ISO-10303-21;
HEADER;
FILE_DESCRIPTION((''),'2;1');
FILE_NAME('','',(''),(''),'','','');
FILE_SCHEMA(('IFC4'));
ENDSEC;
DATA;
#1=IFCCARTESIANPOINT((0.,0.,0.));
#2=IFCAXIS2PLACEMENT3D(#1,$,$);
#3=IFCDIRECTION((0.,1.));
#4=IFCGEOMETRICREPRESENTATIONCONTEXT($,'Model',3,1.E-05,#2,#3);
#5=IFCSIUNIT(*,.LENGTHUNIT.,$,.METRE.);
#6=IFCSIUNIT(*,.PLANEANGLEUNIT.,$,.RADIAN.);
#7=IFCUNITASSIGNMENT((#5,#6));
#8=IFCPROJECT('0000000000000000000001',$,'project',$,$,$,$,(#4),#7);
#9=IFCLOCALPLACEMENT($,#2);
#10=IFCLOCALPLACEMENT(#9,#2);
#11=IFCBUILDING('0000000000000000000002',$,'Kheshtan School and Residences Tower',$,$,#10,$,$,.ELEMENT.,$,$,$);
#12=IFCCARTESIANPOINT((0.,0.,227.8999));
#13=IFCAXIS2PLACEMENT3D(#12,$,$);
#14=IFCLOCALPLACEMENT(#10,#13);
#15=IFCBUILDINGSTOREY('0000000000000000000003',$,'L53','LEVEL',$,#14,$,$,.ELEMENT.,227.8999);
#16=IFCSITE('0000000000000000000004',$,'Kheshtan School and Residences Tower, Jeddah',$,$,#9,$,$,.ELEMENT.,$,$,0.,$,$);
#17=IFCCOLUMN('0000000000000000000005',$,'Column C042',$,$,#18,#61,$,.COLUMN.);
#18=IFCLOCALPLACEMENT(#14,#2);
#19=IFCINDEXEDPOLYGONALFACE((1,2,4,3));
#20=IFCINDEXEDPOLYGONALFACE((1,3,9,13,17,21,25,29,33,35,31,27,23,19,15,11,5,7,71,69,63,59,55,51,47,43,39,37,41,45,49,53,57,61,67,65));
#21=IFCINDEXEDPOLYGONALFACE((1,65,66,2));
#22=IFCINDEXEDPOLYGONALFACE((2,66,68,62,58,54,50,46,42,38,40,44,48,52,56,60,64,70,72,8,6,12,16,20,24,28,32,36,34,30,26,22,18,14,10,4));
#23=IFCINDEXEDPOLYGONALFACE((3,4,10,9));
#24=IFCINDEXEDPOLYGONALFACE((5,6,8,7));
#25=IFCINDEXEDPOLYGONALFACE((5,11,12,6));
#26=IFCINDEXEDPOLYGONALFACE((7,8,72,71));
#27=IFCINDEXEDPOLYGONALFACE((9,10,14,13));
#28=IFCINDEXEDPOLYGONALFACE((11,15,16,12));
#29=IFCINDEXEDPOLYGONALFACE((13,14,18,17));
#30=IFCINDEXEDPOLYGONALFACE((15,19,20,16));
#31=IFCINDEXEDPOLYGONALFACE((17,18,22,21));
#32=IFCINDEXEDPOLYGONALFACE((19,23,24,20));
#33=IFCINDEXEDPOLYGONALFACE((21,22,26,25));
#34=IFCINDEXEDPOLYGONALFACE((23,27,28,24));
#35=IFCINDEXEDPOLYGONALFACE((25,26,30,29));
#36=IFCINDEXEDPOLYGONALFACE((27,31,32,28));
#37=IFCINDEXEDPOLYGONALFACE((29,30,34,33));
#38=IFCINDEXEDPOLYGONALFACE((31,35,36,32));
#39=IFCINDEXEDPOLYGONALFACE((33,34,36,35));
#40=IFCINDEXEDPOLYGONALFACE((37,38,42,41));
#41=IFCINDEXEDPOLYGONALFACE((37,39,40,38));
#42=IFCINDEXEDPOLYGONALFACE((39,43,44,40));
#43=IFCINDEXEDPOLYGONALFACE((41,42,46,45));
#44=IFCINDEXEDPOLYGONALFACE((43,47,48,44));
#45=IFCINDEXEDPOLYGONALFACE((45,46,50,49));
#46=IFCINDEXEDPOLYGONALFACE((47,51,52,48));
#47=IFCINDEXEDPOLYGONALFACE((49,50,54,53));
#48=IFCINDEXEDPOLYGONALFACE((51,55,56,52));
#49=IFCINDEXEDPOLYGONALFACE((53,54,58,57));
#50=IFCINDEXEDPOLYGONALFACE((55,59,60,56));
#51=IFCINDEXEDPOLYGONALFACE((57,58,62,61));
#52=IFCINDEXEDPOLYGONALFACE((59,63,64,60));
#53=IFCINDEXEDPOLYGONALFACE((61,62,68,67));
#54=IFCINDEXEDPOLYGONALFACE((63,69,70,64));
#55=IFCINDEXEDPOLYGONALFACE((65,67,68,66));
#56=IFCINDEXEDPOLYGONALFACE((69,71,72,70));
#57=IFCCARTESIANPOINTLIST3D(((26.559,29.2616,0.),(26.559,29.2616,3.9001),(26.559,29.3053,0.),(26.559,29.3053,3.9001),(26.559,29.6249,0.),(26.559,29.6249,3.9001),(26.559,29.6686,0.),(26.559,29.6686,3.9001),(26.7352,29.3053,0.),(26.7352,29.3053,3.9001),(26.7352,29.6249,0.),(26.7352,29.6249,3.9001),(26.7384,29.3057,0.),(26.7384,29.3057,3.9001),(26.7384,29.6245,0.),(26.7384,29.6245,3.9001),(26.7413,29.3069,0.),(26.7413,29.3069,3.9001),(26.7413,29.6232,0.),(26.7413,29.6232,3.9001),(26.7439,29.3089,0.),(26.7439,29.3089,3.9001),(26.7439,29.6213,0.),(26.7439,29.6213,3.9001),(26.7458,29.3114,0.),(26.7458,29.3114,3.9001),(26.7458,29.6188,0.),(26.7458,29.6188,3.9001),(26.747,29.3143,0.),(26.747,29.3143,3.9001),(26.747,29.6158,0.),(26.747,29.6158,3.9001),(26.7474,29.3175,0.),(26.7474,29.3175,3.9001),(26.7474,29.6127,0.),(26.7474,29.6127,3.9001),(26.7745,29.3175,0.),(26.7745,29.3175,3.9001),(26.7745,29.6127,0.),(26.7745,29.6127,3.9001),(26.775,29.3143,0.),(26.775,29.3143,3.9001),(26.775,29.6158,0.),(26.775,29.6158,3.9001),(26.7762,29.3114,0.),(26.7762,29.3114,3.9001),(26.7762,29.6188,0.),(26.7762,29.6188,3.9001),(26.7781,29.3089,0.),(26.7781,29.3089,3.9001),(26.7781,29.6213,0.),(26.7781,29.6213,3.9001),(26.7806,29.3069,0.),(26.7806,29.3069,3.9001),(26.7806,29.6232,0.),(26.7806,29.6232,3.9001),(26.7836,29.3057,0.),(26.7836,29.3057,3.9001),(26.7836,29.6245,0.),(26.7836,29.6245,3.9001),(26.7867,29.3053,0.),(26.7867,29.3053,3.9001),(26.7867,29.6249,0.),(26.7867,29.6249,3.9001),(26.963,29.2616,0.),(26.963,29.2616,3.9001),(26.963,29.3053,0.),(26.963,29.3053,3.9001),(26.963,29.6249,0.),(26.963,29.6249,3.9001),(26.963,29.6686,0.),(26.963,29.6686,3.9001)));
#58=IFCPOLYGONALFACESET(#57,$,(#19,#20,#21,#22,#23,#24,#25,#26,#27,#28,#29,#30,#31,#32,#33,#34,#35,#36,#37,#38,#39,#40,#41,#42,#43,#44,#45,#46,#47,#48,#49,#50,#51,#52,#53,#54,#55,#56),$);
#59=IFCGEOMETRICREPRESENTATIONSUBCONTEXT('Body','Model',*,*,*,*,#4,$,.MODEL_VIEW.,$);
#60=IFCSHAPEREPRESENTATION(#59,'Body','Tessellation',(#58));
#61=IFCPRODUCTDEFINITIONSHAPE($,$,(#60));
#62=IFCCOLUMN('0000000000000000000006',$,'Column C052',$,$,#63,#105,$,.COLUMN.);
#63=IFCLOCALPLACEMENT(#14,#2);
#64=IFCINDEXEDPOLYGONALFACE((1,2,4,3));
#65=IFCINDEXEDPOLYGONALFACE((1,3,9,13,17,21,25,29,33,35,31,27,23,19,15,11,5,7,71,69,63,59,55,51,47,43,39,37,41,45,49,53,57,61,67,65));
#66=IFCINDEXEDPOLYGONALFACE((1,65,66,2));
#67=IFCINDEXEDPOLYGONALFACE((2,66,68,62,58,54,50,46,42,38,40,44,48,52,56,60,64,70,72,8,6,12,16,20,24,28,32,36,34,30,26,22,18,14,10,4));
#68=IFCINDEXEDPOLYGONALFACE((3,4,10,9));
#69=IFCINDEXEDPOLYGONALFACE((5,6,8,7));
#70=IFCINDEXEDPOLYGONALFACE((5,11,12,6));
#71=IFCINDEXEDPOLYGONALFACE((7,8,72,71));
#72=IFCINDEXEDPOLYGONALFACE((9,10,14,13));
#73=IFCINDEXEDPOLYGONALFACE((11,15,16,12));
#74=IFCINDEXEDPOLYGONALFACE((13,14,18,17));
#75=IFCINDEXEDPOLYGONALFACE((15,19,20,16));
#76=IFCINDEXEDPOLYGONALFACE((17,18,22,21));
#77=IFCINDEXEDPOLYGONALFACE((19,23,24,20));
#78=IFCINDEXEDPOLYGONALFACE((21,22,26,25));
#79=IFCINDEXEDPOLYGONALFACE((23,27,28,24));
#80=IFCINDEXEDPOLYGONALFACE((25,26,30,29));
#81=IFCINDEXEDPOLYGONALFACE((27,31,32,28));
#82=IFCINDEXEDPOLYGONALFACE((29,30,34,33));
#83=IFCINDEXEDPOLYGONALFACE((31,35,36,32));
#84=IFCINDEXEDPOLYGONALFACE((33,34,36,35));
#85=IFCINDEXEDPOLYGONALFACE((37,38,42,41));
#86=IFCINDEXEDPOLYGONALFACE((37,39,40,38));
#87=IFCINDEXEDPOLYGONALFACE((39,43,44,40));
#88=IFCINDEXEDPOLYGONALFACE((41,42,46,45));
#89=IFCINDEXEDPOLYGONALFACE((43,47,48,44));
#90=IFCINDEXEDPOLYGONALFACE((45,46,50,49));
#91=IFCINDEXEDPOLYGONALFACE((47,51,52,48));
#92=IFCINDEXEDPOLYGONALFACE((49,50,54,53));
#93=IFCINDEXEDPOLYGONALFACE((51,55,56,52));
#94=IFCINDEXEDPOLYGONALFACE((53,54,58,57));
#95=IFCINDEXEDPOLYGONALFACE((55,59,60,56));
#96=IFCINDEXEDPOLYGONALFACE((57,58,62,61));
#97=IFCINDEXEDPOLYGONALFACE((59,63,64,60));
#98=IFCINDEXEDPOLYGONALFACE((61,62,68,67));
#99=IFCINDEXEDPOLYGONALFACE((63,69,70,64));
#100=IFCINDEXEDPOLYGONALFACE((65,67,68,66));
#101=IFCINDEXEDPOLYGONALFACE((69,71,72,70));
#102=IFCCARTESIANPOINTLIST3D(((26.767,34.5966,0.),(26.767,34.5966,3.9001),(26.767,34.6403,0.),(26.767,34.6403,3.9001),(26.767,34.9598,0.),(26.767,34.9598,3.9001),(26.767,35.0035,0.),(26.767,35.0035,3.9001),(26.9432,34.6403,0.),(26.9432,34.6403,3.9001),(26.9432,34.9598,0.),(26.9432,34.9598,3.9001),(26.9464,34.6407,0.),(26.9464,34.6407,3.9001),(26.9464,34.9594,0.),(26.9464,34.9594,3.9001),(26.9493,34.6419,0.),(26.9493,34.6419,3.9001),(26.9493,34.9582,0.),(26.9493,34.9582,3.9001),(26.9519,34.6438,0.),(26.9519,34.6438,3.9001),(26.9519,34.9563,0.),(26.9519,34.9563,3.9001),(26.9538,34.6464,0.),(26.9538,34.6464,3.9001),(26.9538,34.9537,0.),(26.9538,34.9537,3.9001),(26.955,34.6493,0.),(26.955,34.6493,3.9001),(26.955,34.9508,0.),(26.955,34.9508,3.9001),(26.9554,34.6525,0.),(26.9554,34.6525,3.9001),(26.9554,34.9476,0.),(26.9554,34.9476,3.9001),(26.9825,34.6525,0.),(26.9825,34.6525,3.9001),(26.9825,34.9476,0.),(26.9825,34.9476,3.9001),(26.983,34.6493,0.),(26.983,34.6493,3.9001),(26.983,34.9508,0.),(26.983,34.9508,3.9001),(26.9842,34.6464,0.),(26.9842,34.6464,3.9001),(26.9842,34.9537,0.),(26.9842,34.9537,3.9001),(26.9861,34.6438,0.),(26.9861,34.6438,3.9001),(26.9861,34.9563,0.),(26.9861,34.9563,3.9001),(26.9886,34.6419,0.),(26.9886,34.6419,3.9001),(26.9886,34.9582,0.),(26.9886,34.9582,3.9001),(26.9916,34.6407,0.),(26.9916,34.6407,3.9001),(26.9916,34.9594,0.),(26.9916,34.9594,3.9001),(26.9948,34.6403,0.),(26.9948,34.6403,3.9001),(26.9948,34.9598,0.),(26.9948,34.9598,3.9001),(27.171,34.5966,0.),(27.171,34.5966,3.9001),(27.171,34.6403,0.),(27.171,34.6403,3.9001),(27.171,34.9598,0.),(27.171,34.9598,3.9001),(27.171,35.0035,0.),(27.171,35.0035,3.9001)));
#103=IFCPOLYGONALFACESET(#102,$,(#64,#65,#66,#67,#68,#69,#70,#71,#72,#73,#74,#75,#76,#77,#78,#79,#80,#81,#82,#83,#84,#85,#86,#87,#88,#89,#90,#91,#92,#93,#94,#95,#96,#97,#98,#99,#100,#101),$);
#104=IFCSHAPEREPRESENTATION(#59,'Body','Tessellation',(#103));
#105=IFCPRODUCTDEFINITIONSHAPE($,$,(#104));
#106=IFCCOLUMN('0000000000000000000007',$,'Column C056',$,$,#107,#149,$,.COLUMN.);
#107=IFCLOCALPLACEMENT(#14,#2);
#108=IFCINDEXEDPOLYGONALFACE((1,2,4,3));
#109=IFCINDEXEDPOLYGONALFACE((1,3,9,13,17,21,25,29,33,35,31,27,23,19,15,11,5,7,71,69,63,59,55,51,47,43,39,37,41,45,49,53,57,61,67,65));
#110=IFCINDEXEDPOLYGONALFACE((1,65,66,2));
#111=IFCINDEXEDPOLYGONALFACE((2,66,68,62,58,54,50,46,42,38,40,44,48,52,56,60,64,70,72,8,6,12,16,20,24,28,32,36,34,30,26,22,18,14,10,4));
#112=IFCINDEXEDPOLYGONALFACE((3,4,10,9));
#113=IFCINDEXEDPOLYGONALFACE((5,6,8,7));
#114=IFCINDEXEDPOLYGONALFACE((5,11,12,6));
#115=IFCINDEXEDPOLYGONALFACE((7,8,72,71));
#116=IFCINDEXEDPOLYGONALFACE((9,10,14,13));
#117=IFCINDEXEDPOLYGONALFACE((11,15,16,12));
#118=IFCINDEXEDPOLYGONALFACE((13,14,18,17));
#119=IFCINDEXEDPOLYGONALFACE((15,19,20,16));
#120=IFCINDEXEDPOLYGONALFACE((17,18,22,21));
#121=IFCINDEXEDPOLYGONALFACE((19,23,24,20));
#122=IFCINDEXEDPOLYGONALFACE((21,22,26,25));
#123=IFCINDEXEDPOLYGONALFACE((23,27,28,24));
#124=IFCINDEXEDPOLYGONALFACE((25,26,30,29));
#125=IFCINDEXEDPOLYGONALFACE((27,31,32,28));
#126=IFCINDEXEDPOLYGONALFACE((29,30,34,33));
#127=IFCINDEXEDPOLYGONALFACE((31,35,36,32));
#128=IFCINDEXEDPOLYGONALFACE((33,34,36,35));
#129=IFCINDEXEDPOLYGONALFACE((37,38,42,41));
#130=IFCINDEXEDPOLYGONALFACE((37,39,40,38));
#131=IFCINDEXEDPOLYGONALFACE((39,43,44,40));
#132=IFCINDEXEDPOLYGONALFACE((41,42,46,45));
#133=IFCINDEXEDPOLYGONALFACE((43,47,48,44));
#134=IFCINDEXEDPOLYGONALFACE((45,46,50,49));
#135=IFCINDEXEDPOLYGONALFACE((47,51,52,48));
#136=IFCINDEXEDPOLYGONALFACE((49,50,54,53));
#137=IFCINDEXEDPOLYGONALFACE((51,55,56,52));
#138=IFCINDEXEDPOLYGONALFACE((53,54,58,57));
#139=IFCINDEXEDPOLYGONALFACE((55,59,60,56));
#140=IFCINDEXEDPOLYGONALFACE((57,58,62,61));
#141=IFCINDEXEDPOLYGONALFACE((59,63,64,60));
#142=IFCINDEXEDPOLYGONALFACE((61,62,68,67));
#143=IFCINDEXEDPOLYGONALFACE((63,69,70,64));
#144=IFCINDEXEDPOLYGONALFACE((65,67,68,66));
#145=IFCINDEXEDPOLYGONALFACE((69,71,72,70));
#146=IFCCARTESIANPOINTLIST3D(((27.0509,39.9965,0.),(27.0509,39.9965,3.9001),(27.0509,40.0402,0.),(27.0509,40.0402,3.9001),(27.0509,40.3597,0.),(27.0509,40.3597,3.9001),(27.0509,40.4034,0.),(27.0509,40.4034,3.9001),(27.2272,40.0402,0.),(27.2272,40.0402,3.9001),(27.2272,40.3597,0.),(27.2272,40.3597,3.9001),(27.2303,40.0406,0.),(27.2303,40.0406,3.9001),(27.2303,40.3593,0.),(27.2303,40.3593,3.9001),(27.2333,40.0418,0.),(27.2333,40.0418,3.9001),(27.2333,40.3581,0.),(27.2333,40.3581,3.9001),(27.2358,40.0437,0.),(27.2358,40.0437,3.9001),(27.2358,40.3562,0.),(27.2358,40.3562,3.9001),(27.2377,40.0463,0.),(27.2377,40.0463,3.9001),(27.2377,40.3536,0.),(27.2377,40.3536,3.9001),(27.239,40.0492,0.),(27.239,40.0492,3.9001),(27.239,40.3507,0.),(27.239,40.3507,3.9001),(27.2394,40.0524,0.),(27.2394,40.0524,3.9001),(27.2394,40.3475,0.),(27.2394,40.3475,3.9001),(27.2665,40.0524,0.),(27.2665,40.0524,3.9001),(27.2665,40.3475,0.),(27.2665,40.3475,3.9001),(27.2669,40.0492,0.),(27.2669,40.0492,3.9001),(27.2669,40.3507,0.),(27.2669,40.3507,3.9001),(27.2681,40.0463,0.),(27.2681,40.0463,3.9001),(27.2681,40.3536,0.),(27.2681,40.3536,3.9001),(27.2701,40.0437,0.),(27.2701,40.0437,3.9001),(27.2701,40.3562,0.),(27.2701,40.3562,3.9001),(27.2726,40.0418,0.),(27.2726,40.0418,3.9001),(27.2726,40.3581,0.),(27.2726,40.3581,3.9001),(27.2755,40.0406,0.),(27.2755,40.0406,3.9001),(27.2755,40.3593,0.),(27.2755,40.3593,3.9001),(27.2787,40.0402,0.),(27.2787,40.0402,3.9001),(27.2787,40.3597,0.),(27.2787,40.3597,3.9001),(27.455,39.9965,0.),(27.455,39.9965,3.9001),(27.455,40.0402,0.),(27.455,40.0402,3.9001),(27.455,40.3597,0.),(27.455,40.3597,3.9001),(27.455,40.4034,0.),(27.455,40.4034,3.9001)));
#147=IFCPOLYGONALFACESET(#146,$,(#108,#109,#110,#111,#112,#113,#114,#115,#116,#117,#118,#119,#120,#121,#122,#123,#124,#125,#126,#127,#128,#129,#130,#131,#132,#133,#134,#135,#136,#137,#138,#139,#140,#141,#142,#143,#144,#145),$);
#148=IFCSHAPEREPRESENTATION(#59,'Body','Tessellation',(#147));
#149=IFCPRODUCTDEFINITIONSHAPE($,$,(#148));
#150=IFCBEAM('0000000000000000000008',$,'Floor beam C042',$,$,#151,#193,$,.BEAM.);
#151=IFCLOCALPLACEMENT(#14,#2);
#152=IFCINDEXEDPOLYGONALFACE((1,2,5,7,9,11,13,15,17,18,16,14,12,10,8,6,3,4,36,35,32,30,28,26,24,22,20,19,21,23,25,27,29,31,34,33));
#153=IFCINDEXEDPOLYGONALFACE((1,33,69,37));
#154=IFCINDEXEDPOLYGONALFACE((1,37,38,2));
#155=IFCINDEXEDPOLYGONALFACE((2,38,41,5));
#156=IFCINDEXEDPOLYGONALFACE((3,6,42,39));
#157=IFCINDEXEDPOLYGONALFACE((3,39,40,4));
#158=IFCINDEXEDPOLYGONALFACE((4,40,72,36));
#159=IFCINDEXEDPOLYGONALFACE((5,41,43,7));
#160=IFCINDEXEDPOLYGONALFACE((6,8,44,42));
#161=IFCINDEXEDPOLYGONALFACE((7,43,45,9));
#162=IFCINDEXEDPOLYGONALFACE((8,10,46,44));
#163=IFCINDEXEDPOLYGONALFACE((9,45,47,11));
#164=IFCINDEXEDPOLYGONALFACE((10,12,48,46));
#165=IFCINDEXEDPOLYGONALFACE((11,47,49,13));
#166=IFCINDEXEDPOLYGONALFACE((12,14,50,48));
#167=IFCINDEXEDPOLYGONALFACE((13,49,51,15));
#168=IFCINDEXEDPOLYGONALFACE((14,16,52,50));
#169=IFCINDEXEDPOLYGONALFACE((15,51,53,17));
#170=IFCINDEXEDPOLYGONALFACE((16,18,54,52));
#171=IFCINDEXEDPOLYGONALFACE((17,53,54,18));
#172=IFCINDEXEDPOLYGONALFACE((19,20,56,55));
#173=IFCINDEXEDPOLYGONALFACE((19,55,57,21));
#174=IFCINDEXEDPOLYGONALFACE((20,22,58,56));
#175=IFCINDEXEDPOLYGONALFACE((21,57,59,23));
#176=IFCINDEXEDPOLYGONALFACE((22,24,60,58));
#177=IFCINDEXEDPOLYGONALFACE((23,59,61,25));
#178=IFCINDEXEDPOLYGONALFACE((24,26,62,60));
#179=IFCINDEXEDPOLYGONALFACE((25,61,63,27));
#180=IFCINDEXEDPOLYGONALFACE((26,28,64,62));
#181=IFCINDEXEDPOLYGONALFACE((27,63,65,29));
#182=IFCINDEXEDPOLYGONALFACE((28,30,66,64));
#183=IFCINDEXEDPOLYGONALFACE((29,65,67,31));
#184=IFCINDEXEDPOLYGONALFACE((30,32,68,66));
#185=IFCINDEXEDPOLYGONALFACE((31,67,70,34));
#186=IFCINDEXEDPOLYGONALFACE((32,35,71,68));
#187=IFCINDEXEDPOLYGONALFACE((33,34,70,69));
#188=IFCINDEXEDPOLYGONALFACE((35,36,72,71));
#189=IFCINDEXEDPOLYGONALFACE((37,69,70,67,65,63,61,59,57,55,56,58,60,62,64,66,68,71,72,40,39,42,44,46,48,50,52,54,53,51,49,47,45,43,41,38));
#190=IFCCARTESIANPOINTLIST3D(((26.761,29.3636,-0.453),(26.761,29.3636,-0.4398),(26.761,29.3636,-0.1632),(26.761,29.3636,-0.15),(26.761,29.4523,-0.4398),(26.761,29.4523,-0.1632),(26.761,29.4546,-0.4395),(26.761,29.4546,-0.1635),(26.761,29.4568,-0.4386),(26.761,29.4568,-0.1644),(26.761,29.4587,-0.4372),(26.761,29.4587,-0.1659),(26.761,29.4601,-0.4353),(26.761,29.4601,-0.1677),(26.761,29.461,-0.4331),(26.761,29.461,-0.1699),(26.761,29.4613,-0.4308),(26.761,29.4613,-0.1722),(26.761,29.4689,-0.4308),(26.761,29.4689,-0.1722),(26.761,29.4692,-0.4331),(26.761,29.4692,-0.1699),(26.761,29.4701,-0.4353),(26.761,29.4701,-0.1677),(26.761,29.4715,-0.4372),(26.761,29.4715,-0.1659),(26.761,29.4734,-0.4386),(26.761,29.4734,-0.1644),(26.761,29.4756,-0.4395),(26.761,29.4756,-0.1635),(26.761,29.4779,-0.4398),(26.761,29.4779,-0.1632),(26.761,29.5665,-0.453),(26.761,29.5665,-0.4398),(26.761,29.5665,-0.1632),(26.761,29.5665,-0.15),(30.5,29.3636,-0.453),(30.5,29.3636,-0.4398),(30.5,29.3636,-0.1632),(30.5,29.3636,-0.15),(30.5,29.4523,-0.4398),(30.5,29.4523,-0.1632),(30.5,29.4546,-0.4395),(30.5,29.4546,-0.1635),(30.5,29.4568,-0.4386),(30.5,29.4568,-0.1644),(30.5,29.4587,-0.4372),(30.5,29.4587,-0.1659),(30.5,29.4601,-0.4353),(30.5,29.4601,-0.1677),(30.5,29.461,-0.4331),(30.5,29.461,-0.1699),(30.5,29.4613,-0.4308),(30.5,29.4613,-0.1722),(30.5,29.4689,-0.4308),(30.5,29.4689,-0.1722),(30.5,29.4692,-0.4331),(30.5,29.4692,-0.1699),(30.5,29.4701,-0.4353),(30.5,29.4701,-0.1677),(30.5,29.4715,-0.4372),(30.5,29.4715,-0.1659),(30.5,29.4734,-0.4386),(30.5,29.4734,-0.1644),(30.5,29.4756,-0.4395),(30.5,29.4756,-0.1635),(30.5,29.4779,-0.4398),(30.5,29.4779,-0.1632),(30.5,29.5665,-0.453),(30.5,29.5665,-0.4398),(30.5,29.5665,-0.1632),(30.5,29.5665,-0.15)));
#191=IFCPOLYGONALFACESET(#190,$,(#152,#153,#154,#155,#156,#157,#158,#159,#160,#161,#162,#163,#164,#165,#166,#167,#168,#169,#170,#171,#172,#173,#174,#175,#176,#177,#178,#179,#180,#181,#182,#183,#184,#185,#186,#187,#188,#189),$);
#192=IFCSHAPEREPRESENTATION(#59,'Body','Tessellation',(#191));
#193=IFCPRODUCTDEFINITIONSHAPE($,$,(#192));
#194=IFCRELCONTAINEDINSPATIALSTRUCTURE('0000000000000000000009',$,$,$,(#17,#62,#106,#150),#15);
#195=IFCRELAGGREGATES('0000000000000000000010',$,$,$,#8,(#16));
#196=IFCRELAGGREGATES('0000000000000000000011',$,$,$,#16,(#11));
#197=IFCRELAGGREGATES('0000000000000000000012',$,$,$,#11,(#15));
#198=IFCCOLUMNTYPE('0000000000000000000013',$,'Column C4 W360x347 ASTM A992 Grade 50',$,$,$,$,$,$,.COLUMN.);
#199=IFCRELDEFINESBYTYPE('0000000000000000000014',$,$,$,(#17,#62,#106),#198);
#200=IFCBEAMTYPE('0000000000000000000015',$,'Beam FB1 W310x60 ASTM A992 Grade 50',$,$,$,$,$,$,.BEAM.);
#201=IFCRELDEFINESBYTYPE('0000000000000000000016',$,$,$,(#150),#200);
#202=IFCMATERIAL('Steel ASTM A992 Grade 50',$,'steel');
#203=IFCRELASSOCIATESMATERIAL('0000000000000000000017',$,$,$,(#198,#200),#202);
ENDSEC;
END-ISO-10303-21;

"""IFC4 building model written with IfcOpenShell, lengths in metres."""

from ifc_helpers import new_model, si_unit, direction, frame, origin, origin_2d, place, context, subcontext, project, spatial, i_section, extrude, material, material_profile, profile_set, type_object, element, save


model = new_model("IFC4")

# Units and contexts
model_context = context("Model", 3, precision=1e-05, world=origin(), true_north=direction((0.0, 1.0)))
body_context = subcontext(model_context, "Body", "Model", "MODEL_VIEW")
ifc_project = project(units=[si_unit("LENGTHUNIT", "METRE"), si_unit("PLANEANGLEUNIT", "RADIAN")], contexts=[model_context])

# Site, building, storey
site_placement = place(None, origin())
site = spatial("IfcSite", under=ifc_project, at=site_placement, Name="Kheshtan School and Residences Tower, Jeddah", CompositionType="ELEMENT", RefElevation=0.0)
building_placement = place(site_placement, origin())
building = spatial("IfcBuilding", under=site, at=building_placement, Name="Kheshtan School and Residences Tower", CompositionType="ELEMENT")
storey_placement = place(building_placement, frame((0.0, 0.0, 227.8999)))
storey = spatial("IfcBuildingStorey", under=building, at=storey_placement, Name="L53", Description="LEVEL", CompositionType="ELEMENT", Elevation=227.8999)

# Columns
ifc_material_1 = material(Name="Steel ASTM A992 Grade 50", Category="steel")
ifc_material_profile_1 = material_profile(ifc_material_1, i_section(OverallWidth=0.4041, OverallDepth=0.407, WebThickness=0.0271, FlangeThickness=0.0437, FilletRadius=0.0122, at=origin_2d()), Name="W360x347")
ifc_profile_set_1 = profile_set([ifc_material_profile_1], Name="Steel ASTM A992 Grade 50")
column_type = type_object("IfcColumnType", Name="Column C4 W360x347 ASTM A992 Grade 50", PredefinedType="COLUMN", material=ifc_profile_set_1)
for number, where, z_axis, x_axis, name in (
    (1, (26.761, 29.4651, 0.0), (0.0, 0.0, 1.0), (1.0, 0.0, 0.0), "Column C042"),
    (2, (26.969, 34.8, 0.0), (0.0, 0.0, 1.0), (1.0, 0.0, 0.0), "Column C052"),
    (3, (27.2529, 40.2, 0.0), (0.0, 0.0, 1.0), (1.0, 0.0, 0.0), "Column C056"),
):
    element("IfcColumn", number, at=place(storey_placement, frame(where, z_axis=z_axis, x_axis=x_axis)), inside=storey, type_object=column_type, Name=name, PredefinedType="COLUMN", context=body_context, shape_type="SweptSolid", body=[
        extrude(i_section(OverallWidth=0.4041, OverallDepth=0.407, WebThickness=0.0271, FlangeThickness=0.0437, FilletRadius=0.0122, at=origin_2d()), origin(), (0.0, 0.0, 1.0), 3.9001),
    ])

# Beam
ifc_material_profile_2 = material_profile(ifc_material_1, i_section(OverallWidth=0.2029, OverallDepth=0.303, WebThickness=0.0076, FlangeThickness=0.0132, FilletRadius=0.009, at=origin_2d()), Name="W310x60")
ifc_profile_set_2 = profile_set([ifc_material_profile_2], Name="Steel ASTM A992 Grade 50")
beam_type_1 = type_object("IfcBeamType", Name="Beam FB1 W310x60 ASTM A992 Grade 50", PredefinedType="BEAM", material=ifc_profile_set_2)
beam_1_placement = place(storey_placement, frame((26.761, 29.4651, -0.3015), z_axis=(1.0, 0.0, 0.0), x_axis=(0.0, 1.0, 0.0)))
element("IfcBeam", 4, at=beam_1_placement, inside=storey, type_object=beam_type_1, Name="Floor beam C042", PredefinedType="BEAM", context=body_context, shape_type="SweptSolid", body=[
    extrude(i_section(OverallWidth=0.2029, OverallDepth=0.303, WebThickness=0.0076, FlangeThickness=0.0132, FilletRadius=0.009, at=origin_2d()), origin(), (0.0, 0.0, 1.0), 3.739),
])

save(model, "model.ifc")
